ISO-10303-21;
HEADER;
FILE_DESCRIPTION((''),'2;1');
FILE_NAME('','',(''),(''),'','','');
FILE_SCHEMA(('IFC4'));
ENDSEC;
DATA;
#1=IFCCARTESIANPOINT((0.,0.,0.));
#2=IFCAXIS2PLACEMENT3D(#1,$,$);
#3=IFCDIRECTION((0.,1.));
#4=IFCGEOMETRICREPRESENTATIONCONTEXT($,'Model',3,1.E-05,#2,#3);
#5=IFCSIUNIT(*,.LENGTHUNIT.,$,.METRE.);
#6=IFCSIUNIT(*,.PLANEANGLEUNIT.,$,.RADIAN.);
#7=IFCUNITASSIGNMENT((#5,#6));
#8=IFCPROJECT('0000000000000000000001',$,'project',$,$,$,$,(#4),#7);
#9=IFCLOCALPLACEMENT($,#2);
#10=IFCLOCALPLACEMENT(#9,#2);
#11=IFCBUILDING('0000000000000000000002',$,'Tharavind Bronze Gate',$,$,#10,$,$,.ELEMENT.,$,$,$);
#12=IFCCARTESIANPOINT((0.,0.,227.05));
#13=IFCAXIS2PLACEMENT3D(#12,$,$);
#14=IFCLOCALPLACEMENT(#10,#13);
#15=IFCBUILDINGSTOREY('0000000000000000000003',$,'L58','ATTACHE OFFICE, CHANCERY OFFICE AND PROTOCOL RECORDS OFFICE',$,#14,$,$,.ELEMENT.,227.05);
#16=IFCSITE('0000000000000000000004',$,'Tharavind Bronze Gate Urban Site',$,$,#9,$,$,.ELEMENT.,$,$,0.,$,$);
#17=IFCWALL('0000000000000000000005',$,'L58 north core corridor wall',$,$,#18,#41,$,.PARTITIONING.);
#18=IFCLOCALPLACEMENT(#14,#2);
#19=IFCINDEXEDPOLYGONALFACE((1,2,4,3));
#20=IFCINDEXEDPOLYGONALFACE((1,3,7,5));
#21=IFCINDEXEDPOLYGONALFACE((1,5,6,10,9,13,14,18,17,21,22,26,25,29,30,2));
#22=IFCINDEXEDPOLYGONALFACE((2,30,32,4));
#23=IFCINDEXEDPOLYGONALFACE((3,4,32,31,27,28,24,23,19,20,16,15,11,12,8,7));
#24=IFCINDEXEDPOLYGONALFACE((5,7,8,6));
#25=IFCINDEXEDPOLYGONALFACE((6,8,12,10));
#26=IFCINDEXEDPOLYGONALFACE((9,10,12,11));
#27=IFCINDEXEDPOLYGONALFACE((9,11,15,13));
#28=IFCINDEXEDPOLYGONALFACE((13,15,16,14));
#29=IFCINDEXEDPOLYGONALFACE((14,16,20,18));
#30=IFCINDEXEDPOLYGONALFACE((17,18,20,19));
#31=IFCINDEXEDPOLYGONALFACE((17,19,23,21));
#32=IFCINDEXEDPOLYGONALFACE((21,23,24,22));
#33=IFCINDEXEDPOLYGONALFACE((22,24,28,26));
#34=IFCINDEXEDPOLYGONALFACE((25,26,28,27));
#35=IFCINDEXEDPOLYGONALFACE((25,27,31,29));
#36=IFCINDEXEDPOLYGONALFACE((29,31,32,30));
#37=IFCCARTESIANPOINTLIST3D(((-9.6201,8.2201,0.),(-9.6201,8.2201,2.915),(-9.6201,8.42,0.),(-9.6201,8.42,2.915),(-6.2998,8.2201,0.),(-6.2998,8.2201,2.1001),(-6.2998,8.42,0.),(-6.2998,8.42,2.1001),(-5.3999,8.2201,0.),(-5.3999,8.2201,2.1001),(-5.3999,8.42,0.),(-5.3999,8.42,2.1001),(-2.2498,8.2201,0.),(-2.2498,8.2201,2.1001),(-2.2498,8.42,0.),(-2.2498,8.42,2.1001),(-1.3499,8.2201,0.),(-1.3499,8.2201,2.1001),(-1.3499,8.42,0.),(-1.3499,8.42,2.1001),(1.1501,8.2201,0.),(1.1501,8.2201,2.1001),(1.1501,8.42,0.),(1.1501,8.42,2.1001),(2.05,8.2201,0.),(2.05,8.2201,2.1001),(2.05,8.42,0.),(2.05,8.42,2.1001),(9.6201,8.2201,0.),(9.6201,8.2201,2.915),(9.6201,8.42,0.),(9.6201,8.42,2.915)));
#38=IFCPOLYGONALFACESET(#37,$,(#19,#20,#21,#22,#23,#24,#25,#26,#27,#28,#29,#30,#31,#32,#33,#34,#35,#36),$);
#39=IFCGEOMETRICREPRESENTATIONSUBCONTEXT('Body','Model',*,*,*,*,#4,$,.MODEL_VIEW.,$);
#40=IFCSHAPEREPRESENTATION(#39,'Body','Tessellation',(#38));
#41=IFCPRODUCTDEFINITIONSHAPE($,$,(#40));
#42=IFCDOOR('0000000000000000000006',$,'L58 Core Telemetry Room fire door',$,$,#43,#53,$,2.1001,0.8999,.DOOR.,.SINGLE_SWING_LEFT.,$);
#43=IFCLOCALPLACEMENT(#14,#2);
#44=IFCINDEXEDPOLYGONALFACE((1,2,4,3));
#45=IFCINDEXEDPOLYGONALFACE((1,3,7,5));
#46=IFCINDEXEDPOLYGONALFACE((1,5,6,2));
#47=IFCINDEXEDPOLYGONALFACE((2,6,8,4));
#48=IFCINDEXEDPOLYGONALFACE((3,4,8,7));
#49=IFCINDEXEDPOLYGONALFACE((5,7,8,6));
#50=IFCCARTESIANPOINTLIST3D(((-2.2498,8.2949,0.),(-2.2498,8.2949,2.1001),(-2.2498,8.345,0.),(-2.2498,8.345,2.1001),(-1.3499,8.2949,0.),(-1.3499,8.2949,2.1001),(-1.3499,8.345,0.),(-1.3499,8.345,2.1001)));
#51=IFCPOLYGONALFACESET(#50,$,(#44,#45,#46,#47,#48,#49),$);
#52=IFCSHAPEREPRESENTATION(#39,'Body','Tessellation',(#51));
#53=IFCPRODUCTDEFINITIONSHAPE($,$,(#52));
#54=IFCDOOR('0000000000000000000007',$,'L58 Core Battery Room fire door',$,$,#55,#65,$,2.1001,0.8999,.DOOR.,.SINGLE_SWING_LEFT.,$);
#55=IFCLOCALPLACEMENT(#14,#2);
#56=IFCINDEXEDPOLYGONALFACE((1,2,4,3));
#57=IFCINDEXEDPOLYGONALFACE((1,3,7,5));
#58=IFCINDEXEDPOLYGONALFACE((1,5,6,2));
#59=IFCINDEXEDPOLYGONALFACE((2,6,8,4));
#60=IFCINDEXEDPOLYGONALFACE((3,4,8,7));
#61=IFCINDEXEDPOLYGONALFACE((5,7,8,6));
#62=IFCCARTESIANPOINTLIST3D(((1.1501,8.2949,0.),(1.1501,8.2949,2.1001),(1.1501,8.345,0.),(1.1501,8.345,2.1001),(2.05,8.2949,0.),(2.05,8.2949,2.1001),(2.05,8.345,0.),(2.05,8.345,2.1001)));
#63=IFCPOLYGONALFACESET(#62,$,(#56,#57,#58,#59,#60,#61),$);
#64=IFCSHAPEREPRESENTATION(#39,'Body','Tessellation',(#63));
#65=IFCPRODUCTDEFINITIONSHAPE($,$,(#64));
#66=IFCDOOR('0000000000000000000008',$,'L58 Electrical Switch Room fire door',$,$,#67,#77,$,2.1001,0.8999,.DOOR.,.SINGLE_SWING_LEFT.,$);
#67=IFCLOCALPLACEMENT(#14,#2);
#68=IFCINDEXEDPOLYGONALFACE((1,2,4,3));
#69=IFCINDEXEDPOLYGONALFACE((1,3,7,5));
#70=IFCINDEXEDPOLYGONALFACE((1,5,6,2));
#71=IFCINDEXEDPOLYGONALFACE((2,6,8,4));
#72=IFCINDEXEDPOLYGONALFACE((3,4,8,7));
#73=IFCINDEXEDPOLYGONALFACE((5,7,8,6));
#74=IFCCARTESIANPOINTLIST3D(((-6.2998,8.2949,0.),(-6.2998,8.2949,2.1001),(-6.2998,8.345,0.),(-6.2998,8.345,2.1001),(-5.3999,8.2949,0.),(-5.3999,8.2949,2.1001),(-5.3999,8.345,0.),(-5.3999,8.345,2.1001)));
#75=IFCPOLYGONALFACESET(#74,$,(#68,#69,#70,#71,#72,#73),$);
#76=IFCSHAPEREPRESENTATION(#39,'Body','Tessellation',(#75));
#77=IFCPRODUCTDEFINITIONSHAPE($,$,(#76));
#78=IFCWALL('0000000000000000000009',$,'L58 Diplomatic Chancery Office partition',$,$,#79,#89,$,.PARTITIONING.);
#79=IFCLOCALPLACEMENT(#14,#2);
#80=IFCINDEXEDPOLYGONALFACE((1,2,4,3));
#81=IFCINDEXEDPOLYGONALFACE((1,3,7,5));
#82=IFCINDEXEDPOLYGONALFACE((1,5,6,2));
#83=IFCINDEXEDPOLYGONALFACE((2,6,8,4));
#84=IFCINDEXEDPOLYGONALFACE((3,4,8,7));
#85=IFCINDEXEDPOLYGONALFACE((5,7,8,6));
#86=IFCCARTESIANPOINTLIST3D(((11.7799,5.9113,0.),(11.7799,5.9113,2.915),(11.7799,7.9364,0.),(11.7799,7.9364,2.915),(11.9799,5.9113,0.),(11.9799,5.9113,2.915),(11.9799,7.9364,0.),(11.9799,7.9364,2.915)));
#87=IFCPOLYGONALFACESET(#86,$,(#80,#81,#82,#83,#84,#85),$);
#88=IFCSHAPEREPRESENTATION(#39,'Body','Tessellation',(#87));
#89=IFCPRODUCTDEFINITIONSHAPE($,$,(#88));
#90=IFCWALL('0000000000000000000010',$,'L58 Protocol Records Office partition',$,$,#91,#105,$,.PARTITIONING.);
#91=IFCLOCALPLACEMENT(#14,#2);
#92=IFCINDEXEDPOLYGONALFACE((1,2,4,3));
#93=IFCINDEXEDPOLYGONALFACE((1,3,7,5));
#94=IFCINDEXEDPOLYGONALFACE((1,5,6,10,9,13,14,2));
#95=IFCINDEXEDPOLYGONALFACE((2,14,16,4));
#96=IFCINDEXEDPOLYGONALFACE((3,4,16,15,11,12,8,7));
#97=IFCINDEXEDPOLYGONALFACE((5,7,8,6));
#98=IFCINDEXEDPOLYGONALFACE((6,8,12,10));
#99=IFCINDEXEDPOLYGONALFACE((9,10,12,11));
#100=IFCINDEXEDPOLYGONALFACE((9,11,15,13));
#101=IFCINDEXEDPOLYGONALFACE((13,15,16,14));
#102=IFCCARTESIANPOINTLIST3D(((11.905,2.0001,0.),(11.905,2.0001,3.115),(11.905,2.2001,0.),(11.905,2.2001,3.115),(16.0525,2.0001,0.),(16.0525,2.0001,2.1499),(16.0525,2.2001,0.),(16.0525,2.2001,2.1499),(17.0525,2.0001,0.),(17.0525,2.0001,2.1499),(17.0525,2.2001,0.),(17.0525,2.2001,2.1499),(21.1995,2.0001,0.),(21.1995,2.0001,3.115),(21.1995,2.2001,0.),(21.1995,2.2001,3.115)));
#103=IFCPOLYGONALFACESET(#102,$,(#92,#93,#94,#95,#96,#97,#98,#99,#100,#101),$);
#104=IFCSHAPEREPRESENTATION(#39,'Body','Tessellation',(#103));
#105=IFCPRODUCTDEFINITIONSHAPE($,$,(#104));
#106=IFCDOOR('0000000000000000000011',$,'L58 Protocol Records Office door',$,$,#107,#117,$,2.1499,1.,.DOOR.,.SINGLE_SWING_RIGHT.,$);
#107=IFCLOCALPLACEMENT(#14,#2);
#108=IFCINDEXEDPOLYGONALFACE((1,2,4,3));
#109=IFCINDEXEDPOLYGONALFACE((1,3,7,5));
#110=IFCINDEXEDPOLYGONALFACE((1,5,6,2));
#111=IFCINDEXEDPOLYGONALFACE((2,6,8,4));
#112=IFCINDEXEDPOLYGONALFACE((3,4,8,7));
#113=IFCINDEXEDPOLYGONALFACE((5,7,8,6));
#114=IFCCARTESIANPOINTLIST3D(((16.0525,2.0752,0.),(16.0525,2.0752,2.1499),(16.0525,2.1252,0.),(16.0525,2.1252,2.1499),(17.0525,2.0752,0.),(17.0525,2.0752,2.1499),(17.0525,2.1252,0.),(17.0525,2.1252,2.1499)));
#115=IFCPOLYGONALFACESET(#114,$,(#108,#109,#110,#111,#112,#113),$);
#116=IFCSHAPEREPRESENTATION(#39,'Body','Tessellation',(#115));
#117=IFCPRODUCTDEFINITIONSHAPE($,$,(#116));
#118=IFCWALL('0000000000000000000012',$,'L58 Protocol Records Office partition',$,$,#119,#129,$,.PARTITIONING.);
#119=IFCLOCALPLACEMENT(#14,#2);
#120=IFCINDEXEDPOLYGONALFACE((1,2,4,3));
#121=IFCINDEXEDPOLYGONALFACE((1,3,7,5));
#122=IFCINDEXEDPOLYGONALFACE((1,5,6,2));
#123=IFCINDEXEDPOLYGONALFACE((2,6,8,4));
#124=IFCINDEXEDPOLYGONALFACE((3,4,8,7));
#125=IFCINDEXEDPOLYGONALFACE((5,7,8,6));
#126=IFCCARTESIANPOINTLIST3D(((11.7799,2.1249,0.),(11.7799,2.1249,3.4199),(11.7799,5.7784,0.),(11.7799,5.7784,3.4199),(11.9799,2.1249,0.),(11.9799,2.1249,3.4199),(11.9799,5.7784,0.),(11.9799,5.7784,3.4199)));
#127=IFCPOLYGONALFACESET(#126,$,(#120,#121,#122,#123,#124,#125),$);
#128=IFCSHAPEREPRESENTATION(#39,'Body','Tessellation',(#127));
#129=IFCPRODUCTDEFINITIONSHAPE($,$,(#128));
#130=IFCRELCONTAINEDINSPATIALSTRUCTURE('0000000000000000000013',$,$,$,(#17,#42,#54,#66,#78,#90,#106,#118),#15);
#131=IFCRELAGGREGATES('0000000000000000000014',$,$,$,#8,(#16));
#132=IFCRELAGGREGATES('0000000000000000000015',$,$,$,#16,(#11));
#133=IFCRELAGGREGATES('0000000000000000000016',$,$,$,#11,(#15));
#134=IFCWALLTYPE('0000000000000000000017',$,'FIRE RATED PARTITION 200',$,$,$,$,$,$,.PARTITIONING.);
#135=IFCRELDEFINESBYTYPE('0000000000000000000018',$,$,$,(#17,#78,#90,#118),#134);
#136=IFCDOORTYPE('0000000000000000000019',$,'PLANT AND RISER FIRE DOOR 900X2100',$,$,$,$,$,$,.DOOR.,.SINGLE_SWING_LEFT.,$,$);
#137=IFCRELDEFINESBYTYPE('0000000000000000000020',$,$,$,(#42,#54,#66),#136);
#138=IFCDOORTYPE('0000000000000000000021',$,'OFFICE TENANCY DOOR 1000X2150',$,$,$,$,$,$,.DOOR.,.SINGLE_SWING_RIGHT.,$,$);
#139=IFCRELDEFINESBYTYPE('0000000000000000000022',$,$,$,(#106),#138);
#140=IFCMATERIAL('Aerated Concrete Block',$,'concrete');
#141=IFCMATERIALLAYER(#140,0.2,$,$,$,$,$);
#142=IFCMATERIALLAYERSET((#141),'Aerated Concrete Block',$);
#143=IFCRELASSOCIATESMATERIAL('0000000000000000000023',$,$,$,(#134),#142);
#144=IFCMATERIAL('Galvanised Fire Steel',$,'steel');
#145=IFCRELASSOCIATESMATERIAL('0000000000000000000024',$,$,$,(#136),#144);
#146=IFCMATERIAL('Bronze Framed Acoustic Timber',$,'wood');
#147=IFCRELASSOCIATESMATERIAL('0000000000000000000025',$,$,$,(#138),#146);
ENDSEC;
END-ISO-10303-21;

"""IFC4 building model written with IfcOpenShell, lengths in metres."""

from ifc_helpers import new_model, si_unit, direction, frame, frame_2d, origin, place, context, subcontext, project, spatial, rectangle, extrude, material, layer, layer_set, type_object, element, fill, save


model = new_model("IFC4")

# Units and contexts
model_context = context("Model", 3, precision=1e-05, world=origin(), true_north=direction((0.0, 1.0)))
body_context = subcontext(model_context, "Body", "Model", "MODEL_VIEW")
ifc_project = project(units=[si_unit("LENGTHUNIT", "METRE"), si_unit("PLANEANGLEUNIT", "RADIAN")], contexts=[model_context])

# Site, building, storey
site_placement = place(None, origin())
site = spatial("IfcSite", under=ifc_project, at=site_placement, Name="Tharavind Bronze Gate Urban Site", CompositionType="ELEMENT", RefElevation=0.0)
building_placement = place(site_placement, origin())
building = spatial("IfcBuilding", under=site, at=building_placement, Name="Tharavind Bronze Gate", CompositionType="ELEMENT")
storey_placement = place(building_placement, frame((0.0, 0.0, 227.05)))
storey = spatial("IfcBuildingStorey", under=building, at=storey_placement, Name="L58", Description="ATTACHE OFFICE, CHANCERY OFFICE AND PROTOCOL RECORDS OFFICE", CompositionType="ELEMENT", Elevation=227.05)

# Wall, openings, doors
ifc_material_1 = material(Name="Aerated Concrete Block", Category="concrete")
ifc_layer_1 = layer(ifc_material_1, 0.2)
ifc_layer_set_1 = layer_set([ifc_layer_1], Name="Aerated Concrete Block")
wall_type = type_object("IfcWallType", Name="FIRE RATED PARTITION 200", PredefinedType="PARTITIONING", material=ifc_layer_set_1)
wall_1_placement = place(storey_placement, frame((9.6201, 8.3201, 0.0), z_axis=(0.0, 0.0, 1.0), x_axis=(-1.0, 0.0, 0.0)))
wall_1 = element("IfcWall", 1, at=wall_1_placement, inside=storey, type_object=wall_type, Name="L58 north core corridor wall", PredefinedType="PARTITIONING", context=body_context, shape_type="SweptSolid", body=[
    extrude(rectangle(XDim=19.2402, YDim=0.2, at=frame_2d((9.6201, 0.0))), origin(), (0.0, 0.0, 1.0), 2.915),
])
opening_1_placement = place(wall_1_placement, frame((10.97, 0.0, 0.0)))
opening_1 = element("IfcOpeningElement", 2, at=opening_1_placement, cuts=wall_1, PredefinedType="OPENING", context=body_context, shape_type="SweptSolid", body=[
    extrude(rectangle(XDim=0.8999, YDim=2.1001, at=frame_2d((0.45, 1.05))), frame((0.0, 0.1101, 0.0), z_axis=(0.0, -1.0, 0.0), x_axis=(1.0, 0.0, 0.0)), (0.0, 0.0, 1.0), 0.22),
])
opening_2_placement = place(wall_1_placement, frame((7.5701, 0.0, 0.0)))
opening_2 = element("IfcOpeningElement", 3, at=opening_2_placement, cuts=wall_1, PredefinedType="OPENING", context=body_context, shape_type="SweptSolid", body=[
    extrude(rectangle(XDim=0.8999, YDim=2.1001, at=frame_2d((0.45, 1.05))), frame((0.0, 0.1101, 0.0), z_axis=(0.0, -1.0, 0.0), x_axis=(1.0, 0.0, 0.0)), (0.0, 0.0, 1.0), 0.22),
])
opening_3_placement = place(wall_1_placement, frame((15.02, 0.0, 0.0)))
opening_3 = element("IfcOpeningElement", 4, at=opening_3_placement, cuts=wall_1, PredefinedType="OPENING", context=body_context, shape_type="SweptSolid", body=[
    extrude(rectangle(XDim=0.8999, YDim=2.1001, at=frame_2d((0.45, 1.05))), frame((0.0, 0.1101, 0.0), z_axis=(0.0, -1.0, 0.0), x_axis=(1.0, 0.0, 0.0)), (0.0, 0.0, 1.0), 0.22),
])
ifc_material_2 = material(Name="Galvanised Fire Steel", Category="steel")
door_type_1 = type_object("IfcDoorType", Name="PLANT AND RISER FIRE DOOR 900X2100", OperationType="SINGLE_SWING_LEFT", PredefinedType="DOOR", material=ifc_material_2)
door_1_placement = place(opening_1_placement, frame((0.8999, 0.0, 0.0), z_axis=(0.0, 0.0, 1.0), x_axis=(-1.0, 0.0, 0.0)))
door_1 = element("IfcDoor", 5, at=door_1_placement, inside=storey, type_object=door_type_1, Name="L58 Core Telemetry Room fire door", OperationType="SINGLE_SWING_LEFT", OverallHeight=2.1001, OverallWidth=0.8999, PredefinedType="DOOR", context=body_context, shape_type="SweptSolid", body=[
    extrude(rectangle(XDim=0.8999, YDim=2.1001, at=frame_2d((0.45, 1.05))), frame((0.0, 0.0249, 0.0), z_axis=(0.0, -1.0, 0.0), x_axis=(1.0, 0.0, 0.0)), (0.0, 0.0, 1.0), 0.05),
])
fill(opening_1, door_1)
door_2_placement = place(opening_2_placement, frame((0.8999, 0.0, 0.0), z_axis=(0.0, 0.0, 1.0), x_axis=(-1.0, 0.0, 0.0)))
door_2 = element("IfcDoor", 6, at=door_2_placement, inside=storey, type_object=door_type_1, Name="L58 Core Battery Room fire door", OperationType="SINGLE_SWING_LEFT", OverallHeight=2.1001, OverallWidth=0.8999, PredefinedType="DOOR", context=body_context, shape_type="SweptSolid", body=[
    extrude(rectangle(XDim=0.8999, YDim=2.1001, at=frame_2d((0.45, 1.05))), frame((0.0, 0.0249, 0.0), z_axis=(0.0, -1.0, 0.0), x_axis=(1.0, 0.0, 0.0)), (0.0, 0.0, 1.0), 0.05),
])
fill(opening_2, door_2)
door_3_placement = place(opening_3_placement, frame((0.8999, 0.0, 0.0), z_axis=(0.0, 0.0, 1.0), x_axis=(-1.0, 0.0, 0.0)))
door_3 = element("IfcDoor", 7, at=door_3_placement, inside=storey, type_object=door_type_1, Name="L58 Electrical Switch Room fire door", OperationType="SINGLE_SWING_LEFT", OverallHeight=2.1001, OverallWidth=0.8999, PredefinedType="DOOR", context=body_context, shape_type="SweptSolid", body=[
    extrude(rectangle(XDim=0.8999, YDim=2.1001, at=frame_2d((0.45, 1.05))), frame((0.0, 0.0249, 0.0), z_axis=(0.0, -1.0, 0.0), x_axis=(1.0, 0.0, 0.0)), (0.0, 0.0, 1.0), 0.05),
])
fill(opening_3, door_3)

# Wall
wall_2_placement = place(storey_placement, frame((11.8799, 5.9111, 0.0), z_axis=(0.0, 0.0, 1.0), x_axis=(0.0, 1.0, 0.0)))
element("IfcWall", 8, at=wall_2_placement, inside=storey, type_object=wall_type, Name="L58 Diplomatic Chancery Office partition", PredefinedType="PARTITIONING", context=body_context, shape_type="SweptSolid", body=[
    extrude(rectangle(XDim=2.0251, YDim=0.2, at=frame_2d((1.0127, 0.0))), origin(), (0.0, 0.0, 1.0), 2.915),
])

# Wall, opening, door
ifc_material_3 = material(Name="Bronze Framed Acoustic Timber", Category="wood")
door_type_2 = type_object("IfcDoorType", Name="OFFICE TENANCY DOOR 1000X2150", OperationType="SINGLE_SWING_RIGHT", PredefinedType="DOOR", material=ifc_material_3)
wall_3_placement = place(storey_placement, frame((21.1995, 2.1001, 0.0), z_axis=(0.0, 0.0, 1.0), x_axis=(-1.0, 0.0, 0.0)))
wall_3 = element("IfcWall", 9, at=wall_3_placement, inside=storey, type_object=wall_type, Name="L58 Protocol Records Office partition", PredefinedType="PARTITIONING", context=body_context, shape_type="SweptSolid", body=[
    extrude(rectangle(XDim=9.2944, YDim=0.2, at=frame_2d((4.6472, 0.0))), origin(), (0.0, 0.0, 1.0), 3.115),
])
opening_4_placement = place(wall_3_placement, frame((4.147, 0.0, 0.0)))
opening_4 = element("IfcOpeningElement", 10, at=opening_4_placement, cuts=wall_3, PredefinedType="OPENING", context=body_context, shape_type="SweptSolid", body=[
    extrude(rectangle(XDim=1.0, YDim=2.1499, at=frame_2d((0.5, 1.075))), frame((0.0, 0.1101, 0.0), z_axis=(0.0, -1.0, 0.0), x_axis=(1.0, 0.0, 0.0)), (0.0, 0.0, 1.0), 0.22),
])
door_4_placement = place(opening_4_placement, origin())
door_4 = element("IfcDoor", 11, at=door_4_placement, inside=storey, type_object=door_type_2, Name="L58 Protocol Records Office door", OperationType="SINGLE_SWING_RIGHT", OverallHeight=2.1499, OverallWidth=1.0, PredefinedType="DOOR", context=body_context, shape_type="SweptSolid", body=[
    extrude(rectangle(XDim=1.0, YDim=2.1499, at=frame_2d((0.5, 1.075))), frame((0.0, 0.0249, 0.0), z_axis=(0.0, -1.0, 0.0), x_axis=(1.0, 0.0, 0.0)), (0.0, 0.0, 1.0), 0.05),
])
fill(opening_4, door_4)

# Wall
wall_4_placement = place(storey_placement, frame((11.8799, 2.125, 0.0), z_axis=(0.0, 0.0, 1.0), x_axis=(0.0, 1.0, 0.0)))
element("IfcWall", 12, at=wall_4_placement, inside=storey, type_object=wall_type, Name="L58 Protocol Records Office partition", PredefinedType="PARTITIONING", context=body_context, shape_type="SweptSolid", body=[
    extrude(rectangle(XDim=3.6536, YDim=0.2, at=frame_2d((1.8267, 0.0))), origin(), (0.0, 0.0, 1.0), 3.4199),
])

save(model, "model.ifc")
